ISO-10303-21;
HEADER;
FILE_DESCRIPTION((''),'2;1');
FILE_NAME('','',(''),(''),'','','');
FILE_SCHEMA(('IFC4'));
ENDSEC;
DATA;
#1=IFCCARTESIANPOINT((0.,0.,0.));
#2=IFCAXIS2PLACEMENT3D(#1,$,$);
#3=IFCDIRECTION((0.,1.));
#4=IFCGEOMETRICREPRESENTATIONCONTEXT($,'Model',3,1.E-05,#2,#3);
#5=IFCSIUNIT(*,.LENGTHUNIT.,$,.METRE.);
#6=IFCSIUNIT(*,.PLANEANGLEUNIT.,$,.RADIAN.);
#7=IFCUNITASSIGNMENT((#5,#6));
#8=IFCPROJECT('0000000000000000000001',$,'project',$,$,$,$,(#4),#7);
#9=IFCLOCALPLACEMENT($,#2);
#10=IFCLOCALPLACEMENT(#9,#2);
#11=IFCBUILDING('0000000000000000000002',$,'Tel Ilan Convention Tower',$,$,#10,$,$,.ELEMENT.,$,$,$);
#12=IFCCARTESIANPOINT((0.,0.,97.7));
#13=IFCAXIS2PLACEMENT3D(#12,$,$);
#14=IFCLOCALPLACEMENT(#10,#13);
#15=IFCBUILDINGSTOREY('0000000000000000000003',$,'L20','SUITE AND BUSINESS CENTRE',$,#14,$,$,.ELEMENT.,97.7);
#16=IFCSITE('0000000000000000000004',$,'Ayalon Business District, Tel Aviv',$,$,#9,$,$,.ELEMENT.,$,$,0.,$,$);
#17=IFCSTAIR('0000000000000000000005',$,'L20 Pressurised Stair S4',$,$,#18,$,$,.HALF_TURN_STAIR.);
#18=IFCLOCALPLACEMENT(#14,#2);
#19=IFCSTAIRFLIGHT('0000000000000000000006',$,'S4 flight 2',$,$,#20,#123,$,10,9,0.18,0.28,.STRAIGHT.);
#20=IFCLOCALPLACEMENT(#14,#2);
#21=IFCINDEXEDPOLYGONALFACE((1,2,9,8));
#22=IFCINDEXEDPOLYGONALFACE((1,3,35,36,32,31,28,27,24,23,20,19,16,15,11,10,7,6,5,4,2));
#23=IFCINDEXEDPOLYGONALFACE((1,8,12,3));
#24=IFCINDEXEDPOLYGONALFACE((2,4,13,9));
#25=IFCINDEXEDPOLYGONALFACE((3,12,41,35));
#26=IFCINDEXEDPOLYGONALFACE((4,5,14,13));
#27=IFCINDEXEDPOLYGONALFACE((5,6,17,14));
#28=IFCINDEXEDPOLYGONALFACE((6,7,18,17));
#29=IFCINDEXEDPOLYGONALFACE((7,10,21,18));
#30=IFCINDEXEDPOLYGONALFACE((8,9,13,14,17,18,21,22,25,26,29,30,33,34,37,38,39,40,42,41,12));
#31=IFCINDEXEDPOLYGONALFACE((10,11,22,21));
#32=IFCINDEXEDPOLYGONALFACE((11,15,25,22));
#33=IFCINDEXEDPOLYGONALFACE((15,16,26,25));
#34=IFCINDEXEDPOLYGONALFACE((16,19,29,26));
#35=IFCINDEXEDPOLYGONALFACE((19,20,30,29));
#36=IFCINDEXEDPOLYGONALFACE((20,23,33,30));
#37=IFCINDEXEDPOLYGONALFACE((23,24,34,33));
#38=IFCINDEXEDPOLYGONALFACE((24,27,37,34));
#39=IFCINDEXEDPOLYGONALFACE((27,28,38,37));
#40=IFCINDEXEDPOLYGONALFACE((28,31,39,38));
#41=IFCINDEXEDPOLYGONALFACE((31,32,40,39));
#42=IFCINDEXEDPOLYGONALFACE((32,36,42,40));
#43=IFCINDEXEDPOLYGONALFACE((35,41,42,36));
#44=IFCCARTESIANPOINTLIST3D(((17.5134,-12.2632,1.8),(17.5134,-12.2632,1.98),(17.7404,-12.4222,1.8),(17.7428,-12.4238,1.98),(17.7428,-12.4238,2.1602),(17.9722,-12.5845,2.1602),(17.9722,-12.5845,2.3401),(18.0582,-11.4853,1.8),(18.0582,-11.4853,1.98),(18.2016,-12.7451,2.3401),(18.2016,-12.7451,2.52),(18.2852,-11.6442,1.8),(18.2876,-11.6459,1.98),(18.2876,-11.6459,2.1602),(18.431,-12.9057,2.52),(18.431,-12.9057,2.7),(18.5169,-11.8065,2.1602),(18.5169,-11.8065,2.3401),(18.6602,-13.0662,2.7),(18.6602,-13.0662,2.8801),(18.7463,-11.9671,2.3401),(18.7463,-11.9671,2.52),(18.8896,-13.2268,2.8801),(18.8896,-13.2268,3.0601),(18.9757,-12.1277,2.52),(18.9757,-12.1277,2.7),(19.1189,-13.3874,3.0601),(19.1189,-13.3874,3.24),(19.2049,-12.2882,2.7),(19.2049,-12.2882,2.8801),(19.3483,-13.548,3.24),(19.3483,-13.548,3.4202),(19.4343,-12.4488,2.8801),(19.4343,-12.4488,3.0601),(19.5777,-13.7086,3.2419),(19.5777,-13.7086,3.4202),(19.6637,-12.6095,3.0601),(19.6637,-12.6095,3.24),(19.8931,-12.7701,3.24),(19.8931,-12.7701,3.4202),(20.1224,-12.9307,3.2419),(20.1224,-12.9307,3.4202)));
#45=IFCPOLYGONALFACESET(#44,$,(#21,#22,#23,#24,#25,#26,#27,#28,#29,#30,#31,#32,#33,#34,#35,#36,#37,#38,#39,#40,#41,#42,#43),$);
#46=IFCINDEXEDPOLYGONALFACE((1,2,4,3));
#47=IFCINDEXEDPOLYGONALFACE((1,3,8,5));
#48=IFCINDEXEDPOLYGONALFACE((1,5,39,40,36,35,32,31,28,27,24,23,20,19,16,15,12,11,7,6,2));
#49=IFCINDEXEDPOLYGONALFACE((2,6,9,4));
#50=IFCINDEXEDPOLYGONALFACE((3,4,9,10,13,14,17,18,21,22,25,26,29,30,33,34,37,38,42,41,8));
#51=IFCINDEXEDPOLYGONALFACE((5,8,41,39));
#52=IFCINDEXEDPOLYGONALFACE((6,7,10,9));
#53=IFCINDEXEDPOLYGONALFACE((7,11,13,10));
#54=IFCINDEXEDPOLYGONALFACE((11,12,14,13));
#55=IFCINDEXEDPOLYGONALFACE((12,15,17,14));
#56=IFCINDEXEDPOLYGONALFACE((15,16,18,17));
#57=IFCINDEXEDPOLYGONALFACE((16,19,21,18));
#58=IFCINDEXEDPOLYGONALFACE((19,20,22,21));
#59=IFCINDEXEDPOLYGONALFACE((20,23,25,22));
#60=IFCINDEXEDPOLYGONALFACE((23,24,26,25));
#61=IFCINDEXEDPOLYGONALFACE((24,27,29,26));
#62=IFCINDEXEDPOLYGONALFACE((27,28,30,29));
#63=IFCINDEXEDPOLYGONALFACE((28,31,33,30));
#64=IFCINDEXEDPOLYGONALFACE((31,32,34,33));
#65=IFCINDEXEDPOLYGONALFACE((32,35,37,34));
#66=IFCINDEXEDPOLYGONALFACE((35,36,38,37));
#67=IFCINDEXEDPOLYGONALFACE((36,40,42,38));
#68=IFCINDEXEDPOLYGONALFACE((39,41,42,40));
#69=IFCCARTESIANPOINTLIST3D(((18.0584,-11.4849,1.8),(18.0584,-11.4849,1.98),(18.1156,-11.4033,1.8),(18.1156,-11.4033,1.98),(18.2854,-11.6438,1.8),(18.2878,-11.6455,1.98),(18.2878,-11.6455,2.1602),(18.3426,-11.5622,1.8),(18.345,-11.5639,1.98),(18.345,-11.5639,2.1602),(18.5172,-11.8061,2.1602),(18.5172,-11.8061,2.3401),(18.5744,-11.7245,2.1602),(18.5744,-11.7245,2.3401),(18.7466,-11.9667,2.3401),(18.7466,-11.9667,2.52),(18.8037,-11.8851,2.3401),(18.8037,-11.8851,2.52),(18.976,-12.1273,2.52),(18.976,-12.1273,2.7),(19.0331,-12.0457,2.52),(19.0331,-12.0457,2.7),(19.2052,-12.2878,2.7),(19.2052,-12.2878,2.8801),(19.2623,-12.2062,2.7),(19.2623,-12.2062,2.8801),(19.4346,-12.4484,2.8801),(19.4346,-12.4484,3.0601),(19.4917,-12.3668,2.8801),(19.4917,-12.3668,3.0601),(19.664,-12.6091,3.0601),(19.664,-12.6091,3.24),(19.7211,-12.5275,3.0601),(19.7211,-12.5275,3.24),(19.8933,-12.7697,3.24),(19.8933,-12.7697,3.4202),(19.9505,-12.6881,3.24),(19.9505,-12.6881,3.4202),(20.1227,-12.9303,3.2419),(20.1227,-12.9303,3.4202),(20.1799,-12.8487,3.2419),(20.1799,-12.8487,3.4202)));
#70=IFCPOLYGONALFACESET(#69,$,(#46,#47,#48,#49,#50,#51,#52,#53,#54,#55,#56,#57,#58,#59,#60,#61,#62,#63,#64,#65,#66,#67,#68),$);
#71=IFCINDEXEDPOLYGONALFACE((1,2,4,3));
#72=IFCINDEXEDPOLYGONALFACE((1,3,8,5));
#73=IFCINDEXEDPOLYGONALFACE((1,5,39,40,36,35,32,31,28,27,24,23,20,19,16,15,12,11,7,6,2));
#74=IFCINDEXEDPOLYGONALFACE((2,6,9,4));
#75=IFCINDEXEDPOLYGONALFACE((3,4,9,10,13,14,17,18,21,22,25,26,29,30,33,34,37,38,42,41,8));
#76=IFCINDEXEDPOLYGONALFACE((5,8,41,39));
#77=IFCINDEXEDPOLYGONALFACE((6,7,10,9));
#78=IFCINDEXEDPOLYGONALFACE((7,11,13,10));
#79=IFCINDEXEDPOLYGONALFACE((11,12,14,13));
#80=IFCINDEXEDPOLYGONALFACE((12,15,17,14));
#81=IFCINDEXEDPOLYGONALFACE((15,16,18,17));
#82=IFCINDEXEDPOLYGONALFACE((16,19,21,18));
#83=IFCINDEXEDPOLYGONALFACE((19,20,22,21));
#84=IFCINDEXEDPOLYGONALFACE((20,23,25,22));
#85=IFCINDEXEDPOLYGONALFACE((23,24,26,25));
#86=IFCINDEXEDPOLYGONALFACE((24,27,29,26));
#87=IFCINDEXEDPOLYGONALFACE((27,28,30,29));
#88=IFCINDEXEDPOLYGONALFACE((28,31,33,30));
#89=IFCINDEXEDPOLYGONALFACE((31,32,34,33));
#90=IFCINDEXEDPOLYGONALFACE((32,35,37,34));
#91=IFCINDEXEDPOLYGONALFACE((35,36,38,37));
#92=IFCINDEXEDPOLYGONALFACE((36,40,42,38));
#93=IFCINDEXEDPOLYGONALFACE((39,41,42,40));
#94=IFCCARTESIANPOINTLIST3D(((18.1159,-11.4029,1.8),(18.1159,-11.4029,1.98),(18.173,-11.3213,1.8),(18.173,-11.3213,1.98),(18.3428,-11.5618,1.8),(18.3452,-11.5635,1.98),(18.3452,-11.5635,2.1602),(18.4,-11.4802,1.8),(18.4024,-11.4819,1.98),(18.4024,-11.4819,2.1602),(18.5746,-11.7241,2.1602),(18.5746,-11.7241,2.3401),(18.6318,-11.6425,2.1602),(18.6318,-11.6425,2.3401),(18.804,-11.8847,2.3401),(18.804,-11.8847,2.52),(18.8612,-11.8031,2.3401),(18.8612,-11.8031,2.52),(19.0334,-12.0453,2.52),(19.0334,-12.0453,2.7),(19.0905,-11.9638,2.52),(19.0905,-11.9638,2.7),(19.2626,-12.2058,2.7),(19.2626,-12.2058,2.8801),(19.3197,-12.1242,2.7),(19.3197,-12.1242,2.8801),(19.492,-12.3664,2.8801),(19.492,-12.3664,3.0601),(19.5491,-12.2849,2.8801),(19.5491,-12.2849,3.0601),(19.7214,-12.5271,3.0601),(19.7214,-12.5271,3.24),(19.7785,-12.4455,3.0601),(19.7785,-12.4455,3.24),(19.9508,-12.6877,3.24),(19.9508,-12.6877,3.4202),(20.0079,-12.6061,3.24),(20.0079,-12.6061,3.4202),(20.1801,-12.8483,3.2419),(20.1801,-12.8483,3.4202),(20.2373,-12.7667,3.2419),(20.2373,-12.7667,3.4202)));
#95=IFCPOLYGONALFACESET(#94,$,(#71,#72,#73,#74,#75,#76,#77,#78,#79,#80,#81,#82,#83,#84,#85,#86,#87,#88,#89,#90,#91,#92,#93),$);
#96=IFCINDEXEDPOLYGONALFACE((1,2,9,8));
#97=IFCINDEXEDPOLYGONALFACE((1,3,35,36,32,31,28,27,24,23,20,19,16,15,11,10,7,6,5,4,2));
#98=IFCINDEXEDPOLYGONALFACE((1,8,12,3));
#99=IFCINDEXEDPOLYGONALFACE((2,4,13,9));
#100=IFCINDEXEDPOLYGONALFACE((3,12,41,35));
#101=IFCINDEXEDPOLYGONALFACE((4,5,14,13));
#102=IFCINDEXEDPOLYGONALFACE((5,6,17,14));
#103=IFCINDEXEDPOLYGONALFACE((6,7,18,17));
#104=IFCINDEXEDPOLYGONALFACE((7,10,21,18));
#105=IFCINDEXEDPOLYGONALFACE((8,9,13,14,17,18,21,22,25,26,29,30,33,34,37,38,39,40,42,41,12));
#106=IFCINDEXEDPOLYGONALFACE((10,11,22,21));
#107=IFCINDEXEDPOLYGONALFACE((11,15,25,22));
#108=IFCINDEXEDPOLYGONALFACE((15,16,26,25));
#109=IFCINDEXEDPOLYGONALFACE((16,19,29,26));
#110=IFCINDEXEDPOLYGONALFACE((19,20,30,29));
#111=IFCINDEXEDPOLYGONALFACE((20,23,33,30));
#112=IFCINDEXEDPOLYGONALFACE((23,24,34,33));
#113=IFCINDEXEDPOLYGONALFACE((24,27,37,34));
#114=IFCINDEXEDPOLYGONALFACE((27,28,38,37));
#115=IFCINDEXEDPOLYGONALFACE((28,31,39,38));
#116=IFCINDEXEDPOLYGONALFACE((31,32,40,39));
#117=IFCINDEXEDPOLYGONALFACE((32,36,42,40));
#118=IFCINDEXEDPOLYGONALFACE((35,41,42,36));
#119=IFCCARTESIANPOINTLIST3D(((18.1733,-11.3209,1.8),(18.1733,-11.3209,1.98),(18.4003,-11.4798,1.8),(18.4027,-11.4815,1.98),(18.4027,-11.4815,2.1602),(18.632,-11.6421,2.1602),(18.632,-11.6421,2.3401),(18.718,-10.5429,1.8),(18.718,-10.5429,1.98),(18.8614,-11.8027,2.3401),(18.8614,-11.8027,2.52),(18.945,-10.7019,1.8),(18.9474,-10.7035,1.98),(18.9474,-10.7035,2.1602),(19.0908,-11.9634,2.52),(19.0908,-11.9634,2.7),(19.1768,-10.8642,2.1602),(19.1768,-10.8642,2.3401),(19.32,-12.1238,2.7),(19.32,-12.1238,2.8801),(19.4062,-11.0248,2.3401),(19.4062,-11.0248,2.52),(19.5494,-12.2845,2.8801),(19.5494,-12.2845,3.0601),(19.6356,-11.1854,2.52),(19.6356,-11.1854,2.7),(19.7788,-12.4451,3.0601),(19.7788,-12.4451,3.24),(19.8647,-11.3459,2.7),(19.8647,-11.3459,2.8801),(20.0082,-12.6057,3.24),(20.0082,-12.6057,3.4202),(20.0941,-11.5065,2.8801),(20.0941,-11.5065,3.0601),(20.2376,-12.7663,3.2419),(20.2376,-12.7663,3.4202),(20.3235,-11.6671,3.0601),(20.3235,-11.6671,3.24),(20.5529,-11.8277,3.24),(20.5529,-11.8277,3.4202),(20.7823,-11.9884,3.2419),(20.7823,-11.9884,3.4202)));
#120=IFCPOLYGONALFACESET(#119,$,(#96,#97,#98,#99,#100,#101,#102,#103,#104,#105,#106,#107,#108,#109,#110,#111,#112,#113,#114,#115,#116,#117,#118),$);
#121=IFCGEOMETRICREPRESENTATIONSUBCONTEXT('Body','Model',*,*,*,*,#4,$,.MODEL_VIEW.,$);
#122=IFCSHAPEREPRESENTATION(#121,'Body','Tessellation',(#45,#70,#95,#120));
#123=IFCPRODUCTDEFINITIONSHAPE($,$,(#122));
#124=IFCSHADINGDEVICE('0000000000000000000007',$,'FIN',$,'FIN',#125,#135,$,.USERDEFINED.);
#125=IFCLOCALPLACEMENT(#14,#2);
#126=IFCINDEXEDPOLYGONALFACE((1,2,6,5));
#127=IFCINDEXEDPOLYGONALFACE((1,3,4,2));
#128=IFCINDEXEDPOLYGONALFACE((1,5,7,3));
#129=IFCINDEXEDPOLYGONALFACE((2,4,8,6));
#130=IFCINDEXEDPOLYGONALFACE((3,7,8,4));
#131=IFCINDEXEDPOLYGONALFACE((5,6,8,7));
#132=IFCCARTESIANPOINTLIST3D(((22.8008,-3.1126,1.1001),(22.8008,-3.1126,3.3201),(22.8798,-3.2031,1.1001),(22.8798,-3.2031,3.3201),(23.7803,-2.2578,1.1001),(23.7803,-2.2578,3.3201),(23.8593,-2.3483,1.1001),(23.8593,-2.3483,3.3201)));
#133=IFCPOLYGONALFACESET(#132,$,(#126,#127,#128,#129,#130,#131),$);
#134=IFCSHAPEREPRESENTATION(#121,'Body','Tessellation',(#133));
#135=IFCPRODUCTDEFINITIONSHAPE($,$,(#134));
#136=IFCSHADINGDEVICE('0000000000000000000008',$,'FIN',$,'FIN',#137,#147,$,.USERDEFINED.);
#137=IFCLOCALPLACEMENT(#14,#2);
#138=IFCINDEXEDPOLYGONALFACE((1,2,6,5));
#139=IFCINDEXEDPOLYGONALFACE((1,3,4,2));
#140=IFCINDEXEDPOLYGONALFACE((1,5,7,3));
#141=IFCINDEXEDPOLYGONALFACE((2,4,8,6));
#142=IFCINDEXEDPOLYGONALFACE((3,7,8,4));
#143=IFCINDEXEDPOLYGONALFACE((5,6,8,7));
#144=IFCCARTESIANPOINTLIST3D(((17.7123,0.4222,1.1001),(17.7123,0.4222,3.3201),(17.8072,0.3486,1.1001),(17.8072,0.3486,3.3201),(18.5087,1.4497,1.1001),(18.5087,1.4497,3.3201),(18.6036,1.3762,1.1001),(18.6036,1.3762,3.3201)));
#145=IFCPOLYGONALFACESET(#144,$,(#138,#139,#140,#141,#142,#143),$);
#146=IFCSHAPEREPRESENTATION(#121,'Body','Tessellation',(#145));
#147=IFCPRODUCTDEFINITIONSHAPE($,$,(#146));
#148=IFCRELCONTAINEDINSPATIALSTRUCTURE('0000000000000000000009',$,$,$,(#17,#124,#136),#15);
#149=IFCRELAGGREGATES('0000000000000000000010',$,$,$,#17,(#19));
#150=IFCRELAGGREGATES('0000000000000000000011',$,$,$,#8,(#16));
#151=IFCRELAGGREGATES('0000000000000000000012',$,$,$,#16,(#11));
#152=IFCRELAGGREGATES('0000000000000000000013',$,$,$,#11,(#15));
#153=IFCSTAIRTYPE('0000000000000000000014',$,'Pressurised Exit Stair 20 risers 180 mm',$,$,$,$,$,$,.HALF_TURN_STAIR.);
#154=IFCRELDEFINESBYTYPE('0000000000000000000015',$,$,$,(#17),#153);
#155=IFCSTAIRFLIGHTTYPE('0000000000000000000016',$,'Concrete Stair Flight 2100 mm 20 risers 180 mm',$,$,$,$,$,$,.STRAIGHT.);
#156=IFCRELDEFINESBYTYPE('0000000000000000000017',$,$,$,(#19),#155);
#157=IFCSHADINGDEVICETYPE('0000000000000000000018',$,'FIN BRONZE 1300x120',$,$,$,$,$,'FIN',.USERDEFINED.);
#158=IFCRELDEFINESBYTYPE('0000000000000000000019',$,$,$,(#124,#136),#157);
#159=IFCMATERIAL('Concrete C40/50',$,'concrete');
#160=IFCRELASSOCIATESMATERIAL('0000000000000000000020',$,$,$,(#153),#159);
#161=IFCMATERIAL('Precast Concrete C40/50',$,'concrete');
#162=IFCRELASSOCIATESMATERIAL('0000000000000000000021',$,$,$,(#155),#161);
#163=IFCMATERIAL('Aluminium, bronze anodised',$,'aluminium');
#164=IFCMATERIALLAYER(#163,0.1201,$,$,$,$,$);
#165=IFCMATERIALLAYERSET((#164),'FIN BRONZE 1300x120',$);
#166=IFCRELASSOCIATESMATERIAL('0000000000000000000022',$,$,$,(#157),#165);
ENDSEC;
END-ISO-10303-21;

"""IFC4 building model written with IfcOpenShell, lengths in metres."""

from ifc_helpers import new_model, si_unit, direction, frame, origin, origin_2d, place, context, subcontext, project, spatial, polyline, rectangle, outline, extrude, material, layer, layer_set, type_object, element, aggregate, save


model = new_model("IFC4")

# Units and contexts
model_context = context("Model", 3, precision=1e-05, world=origin(), true_north=direction((0.0, 1.0)))
body_context = subcontext(model_context, "Body", "Model", "MODEL_VIEW")
ifc_project = project(units=[si_unit("LENGTHUNIT", "METRE"), si_unit("PLANEANGLEUNIT", "RADIAN")], contexts=[model_context])

# Site, building, storey
site_placement = place(None, origin())
site = spatial("IfcSite", under=ifc_project, at=site_placement, Name="Ayalon Business District, Tel Aviv", CompositionType="ELEMENT", RefElevation=0.0)
building_placement = place(site_placement, origin())
building = spatial("IfcBuilding", under=site, at=building_placement, Name="Tel Ilan Convention Tower", CompositionType="ELEMENT")
storey_placement = place(building_placement, frame((0.0, 0.0, 97.7)))
storey = spatial("IfcBuildingStorey", under=building, at=storey_placement, Name="L20", Description="SUITE AND BUSINESS CENTRE", CompositionType="ELEMENT", Elevation=97.7)

# Shared definitions
ifc_material_1 = material(Name="Concrete C40/50", Category="concrete")
stair_type = type_object("IfcStairType", Name="Pressurised Exit Stair 20 risers 180 mm", PredefinedType="HALF_TURN_STAIR", material=ifc_material_1)
ifc_material_2 = material(Name="Precast Concrete C40/50", Category="concrete")
stair_flight_type = type_object("IfcStairFlightType", Name="Concrete Stair Flight 2100 mm 20 risers 180 mm", PredefinedType="STRAIGHT", material=ifc_material_2)

# Stair, stair flight
stair_1_placement = place(storey_placement, origin())
stair_1 = element("IfcStair", 1, at=stair_1_placement, inside=storey, type_object=stair_type, Name="L20 Pressurised Stair S4", PredefinedType="HALF_TURN_STAIR")
stair_flight_1_placement = place(storey_placement, frame((18.1157, -11.4031, 1.8), z_axis=(0.0, 0.0, 1.0), x_axis=(0.819152, -0.573576, 0.0)))
stair_flight_1 = element("IfcStairFlight", 2, at=stair_flight_1_placement, type_object=stair_flight_type, Name="S4 flight 2", NumberOfRisers=10, NumberOfTreads=9, PredefinedType="STRAIGHT", RiserHeight=0.18, TreadLength=0.28, context=body_context, shape_type="SweptSolid", body=[
    extrude(outline(polyline([(0.0, 0.0), (0.0, 0.1799), (0.28, 0.1799), (0.28, 0.3601), (0.5601, 0.3601), (0.5601, 0.54), (0.8401, 0.54), (0.8401, 0.72), (1.1201, 0.72), (1.1201, 0.8999), (1.3999, 0.8999), (1.3999, 1.0801), (1.6799, 1.0801), (1.6799, 1.26), (1.96, 1.26), (1.96, 1.4399), (2.24, 1.4399), (2.24, 1.6201), (2.52, 1.6201), (2.52, 1.8), (2.52, 1.4419), (0.2771, 0.0), (0.0, 0.0)])), frame((0.0, -0.1003, 0.0), z_axis=(0.0, -1.0, 0.0), x_axis=(1.0, 0.0, 0.0)), (0.0, 0.0, 1.0), 0.9497),
    extrude(outline(polyline([(0.0, 0.0), (0.0, 0.1799), (0.28, 0.1799), (0.28, 0.3601), (0.5601, 0.3601), (0.5601, 0.54), (0.8401, 0.54), (0.8401, 0.72), (1.1201, 0.72), (1.1201, 0.8999), (1.3999, 0.8999), (1.3999, 1.0801), (1.6799, 1.0801), (1.6799, 1.26), (1.96, 1.26), (1.96, 1.4399), (2.24, 1.4399), (2.24, 1.6201), (2.52, 1.6201), (2.52, 1.8), (2.52, 1.4419), (0.2771, 0.0), (0.0, 0.0)])), frame((0.0, -0.0002, 0.0), z_axis=(0.0, -1.0, 0.0), x_axis=(1.0, 0.0, 0.0)), (0.0, 0.0, 1.0), 0.0996),
    extrude(outline(polyline([(0.0, 0.0), (0.0, 0.1799), (0.28, 0.1799), (0.28, 0.3601), (0.5601, 0.3601), (0.5601, 0.54), (0.8401, 0.54), (0.8401, 0.72), (1.1201, 0.72), (1.1201, 0.8999), (1.3999, 0.8999), (1.3999, 1.0801), (1.6799, 1.0801), (1.6799, 1.26), (1.96, 1.26), (1.96, 1.4399), (2.24, 1.4399), (2.24, 1.6201), (2.52, 1.6201), (2.52, 1.8), (2.52, 1.4419), (0.2771, 0.0), (0.0, 0.0)])), frame((0.0, 0.0999, 0.0), z_axis=(0.0, -1.0, 0.0), x_axis=(1.0, 0.0, 0.0)), (0.0, 0.0, 1.0), 0.0996),
    extrude(outline(polyline([(0.0, 0.0), (0.0, 0.1799), (0.28, 0.1799), (0.28, 0.3601), (0.5601, 0.3601), (0.5601, 0.54), (0.8401, 0.54), (0.8401, 0.72), (1.1201, 0.72), (1.1201, 0.8999), (1.3999, 0.8999), (1.3999, 1.0801), (1.6799, 1.0801), (1.6799, 1.26), (1.96, 1.26), (1.96, 1.4399), (2.24, 1.4399), (2.24, 1.6201), (2.52, 1.6201), (2.52, 1.8), (2.52, 1.4419), (0.2771, 0.0), (0.0, 0.0)])), frame((0.0, 1.05, 0.0), z_axis=(0.0, -1.0, 0.0), x_axis=(1.0, 0.0, 0.0)), (0.0, 0.0, 1.0), 0.9497),
])
aggregate(stair_1, [stair_flight_1])

# Shading devices
ifc_material_3 = material(Name="Aluminium, bronze anodised", Category="aluminium")
ifc_layer_1 = layer(ifc_material_3, 0.1201)
ifc_layer_set_1 = layer_set([ifc_layer_1], Name="FIN BRONZE 1300x120")
shading_device_type = type_object("IfcShadingDeviceType", Name="FIN BRONZE 1300x120", ElementType="FIN", PredefinedType="USERDEFINED", material=ifc_layer_set_1)
for number, where, z_axis, x_axis, name in (
    (3, (23.3301, -2.7305, 1.1001), (0.0, 0.0, 1.0), (0.753436, 0.657521, 0.0), "FIN"),
    (4, (18.158, 0.8992, 1.1001), (0.0, 0.0, 1.0), (0.612601, 0.790393, 0.0), "FIN"),
):
    element("IfcShadingDevice", number, at=place(storey_placement, frame(where, z_axis=z_axis, x_axis=x_axis)), inside=storey, type_object=shading_device_type, Name=name, ObjectType="FIN", PredefinedType="USERDEFINED", context=body_context, shape_type="SweptSolid", body=[
        extrude(rectangle(XDim=1.3, YDim=0.1201, at=origin_2d()), origin(), (0.0, 0.0, 1.0), 2.22),
    ])

save(model, "model.ifc")
